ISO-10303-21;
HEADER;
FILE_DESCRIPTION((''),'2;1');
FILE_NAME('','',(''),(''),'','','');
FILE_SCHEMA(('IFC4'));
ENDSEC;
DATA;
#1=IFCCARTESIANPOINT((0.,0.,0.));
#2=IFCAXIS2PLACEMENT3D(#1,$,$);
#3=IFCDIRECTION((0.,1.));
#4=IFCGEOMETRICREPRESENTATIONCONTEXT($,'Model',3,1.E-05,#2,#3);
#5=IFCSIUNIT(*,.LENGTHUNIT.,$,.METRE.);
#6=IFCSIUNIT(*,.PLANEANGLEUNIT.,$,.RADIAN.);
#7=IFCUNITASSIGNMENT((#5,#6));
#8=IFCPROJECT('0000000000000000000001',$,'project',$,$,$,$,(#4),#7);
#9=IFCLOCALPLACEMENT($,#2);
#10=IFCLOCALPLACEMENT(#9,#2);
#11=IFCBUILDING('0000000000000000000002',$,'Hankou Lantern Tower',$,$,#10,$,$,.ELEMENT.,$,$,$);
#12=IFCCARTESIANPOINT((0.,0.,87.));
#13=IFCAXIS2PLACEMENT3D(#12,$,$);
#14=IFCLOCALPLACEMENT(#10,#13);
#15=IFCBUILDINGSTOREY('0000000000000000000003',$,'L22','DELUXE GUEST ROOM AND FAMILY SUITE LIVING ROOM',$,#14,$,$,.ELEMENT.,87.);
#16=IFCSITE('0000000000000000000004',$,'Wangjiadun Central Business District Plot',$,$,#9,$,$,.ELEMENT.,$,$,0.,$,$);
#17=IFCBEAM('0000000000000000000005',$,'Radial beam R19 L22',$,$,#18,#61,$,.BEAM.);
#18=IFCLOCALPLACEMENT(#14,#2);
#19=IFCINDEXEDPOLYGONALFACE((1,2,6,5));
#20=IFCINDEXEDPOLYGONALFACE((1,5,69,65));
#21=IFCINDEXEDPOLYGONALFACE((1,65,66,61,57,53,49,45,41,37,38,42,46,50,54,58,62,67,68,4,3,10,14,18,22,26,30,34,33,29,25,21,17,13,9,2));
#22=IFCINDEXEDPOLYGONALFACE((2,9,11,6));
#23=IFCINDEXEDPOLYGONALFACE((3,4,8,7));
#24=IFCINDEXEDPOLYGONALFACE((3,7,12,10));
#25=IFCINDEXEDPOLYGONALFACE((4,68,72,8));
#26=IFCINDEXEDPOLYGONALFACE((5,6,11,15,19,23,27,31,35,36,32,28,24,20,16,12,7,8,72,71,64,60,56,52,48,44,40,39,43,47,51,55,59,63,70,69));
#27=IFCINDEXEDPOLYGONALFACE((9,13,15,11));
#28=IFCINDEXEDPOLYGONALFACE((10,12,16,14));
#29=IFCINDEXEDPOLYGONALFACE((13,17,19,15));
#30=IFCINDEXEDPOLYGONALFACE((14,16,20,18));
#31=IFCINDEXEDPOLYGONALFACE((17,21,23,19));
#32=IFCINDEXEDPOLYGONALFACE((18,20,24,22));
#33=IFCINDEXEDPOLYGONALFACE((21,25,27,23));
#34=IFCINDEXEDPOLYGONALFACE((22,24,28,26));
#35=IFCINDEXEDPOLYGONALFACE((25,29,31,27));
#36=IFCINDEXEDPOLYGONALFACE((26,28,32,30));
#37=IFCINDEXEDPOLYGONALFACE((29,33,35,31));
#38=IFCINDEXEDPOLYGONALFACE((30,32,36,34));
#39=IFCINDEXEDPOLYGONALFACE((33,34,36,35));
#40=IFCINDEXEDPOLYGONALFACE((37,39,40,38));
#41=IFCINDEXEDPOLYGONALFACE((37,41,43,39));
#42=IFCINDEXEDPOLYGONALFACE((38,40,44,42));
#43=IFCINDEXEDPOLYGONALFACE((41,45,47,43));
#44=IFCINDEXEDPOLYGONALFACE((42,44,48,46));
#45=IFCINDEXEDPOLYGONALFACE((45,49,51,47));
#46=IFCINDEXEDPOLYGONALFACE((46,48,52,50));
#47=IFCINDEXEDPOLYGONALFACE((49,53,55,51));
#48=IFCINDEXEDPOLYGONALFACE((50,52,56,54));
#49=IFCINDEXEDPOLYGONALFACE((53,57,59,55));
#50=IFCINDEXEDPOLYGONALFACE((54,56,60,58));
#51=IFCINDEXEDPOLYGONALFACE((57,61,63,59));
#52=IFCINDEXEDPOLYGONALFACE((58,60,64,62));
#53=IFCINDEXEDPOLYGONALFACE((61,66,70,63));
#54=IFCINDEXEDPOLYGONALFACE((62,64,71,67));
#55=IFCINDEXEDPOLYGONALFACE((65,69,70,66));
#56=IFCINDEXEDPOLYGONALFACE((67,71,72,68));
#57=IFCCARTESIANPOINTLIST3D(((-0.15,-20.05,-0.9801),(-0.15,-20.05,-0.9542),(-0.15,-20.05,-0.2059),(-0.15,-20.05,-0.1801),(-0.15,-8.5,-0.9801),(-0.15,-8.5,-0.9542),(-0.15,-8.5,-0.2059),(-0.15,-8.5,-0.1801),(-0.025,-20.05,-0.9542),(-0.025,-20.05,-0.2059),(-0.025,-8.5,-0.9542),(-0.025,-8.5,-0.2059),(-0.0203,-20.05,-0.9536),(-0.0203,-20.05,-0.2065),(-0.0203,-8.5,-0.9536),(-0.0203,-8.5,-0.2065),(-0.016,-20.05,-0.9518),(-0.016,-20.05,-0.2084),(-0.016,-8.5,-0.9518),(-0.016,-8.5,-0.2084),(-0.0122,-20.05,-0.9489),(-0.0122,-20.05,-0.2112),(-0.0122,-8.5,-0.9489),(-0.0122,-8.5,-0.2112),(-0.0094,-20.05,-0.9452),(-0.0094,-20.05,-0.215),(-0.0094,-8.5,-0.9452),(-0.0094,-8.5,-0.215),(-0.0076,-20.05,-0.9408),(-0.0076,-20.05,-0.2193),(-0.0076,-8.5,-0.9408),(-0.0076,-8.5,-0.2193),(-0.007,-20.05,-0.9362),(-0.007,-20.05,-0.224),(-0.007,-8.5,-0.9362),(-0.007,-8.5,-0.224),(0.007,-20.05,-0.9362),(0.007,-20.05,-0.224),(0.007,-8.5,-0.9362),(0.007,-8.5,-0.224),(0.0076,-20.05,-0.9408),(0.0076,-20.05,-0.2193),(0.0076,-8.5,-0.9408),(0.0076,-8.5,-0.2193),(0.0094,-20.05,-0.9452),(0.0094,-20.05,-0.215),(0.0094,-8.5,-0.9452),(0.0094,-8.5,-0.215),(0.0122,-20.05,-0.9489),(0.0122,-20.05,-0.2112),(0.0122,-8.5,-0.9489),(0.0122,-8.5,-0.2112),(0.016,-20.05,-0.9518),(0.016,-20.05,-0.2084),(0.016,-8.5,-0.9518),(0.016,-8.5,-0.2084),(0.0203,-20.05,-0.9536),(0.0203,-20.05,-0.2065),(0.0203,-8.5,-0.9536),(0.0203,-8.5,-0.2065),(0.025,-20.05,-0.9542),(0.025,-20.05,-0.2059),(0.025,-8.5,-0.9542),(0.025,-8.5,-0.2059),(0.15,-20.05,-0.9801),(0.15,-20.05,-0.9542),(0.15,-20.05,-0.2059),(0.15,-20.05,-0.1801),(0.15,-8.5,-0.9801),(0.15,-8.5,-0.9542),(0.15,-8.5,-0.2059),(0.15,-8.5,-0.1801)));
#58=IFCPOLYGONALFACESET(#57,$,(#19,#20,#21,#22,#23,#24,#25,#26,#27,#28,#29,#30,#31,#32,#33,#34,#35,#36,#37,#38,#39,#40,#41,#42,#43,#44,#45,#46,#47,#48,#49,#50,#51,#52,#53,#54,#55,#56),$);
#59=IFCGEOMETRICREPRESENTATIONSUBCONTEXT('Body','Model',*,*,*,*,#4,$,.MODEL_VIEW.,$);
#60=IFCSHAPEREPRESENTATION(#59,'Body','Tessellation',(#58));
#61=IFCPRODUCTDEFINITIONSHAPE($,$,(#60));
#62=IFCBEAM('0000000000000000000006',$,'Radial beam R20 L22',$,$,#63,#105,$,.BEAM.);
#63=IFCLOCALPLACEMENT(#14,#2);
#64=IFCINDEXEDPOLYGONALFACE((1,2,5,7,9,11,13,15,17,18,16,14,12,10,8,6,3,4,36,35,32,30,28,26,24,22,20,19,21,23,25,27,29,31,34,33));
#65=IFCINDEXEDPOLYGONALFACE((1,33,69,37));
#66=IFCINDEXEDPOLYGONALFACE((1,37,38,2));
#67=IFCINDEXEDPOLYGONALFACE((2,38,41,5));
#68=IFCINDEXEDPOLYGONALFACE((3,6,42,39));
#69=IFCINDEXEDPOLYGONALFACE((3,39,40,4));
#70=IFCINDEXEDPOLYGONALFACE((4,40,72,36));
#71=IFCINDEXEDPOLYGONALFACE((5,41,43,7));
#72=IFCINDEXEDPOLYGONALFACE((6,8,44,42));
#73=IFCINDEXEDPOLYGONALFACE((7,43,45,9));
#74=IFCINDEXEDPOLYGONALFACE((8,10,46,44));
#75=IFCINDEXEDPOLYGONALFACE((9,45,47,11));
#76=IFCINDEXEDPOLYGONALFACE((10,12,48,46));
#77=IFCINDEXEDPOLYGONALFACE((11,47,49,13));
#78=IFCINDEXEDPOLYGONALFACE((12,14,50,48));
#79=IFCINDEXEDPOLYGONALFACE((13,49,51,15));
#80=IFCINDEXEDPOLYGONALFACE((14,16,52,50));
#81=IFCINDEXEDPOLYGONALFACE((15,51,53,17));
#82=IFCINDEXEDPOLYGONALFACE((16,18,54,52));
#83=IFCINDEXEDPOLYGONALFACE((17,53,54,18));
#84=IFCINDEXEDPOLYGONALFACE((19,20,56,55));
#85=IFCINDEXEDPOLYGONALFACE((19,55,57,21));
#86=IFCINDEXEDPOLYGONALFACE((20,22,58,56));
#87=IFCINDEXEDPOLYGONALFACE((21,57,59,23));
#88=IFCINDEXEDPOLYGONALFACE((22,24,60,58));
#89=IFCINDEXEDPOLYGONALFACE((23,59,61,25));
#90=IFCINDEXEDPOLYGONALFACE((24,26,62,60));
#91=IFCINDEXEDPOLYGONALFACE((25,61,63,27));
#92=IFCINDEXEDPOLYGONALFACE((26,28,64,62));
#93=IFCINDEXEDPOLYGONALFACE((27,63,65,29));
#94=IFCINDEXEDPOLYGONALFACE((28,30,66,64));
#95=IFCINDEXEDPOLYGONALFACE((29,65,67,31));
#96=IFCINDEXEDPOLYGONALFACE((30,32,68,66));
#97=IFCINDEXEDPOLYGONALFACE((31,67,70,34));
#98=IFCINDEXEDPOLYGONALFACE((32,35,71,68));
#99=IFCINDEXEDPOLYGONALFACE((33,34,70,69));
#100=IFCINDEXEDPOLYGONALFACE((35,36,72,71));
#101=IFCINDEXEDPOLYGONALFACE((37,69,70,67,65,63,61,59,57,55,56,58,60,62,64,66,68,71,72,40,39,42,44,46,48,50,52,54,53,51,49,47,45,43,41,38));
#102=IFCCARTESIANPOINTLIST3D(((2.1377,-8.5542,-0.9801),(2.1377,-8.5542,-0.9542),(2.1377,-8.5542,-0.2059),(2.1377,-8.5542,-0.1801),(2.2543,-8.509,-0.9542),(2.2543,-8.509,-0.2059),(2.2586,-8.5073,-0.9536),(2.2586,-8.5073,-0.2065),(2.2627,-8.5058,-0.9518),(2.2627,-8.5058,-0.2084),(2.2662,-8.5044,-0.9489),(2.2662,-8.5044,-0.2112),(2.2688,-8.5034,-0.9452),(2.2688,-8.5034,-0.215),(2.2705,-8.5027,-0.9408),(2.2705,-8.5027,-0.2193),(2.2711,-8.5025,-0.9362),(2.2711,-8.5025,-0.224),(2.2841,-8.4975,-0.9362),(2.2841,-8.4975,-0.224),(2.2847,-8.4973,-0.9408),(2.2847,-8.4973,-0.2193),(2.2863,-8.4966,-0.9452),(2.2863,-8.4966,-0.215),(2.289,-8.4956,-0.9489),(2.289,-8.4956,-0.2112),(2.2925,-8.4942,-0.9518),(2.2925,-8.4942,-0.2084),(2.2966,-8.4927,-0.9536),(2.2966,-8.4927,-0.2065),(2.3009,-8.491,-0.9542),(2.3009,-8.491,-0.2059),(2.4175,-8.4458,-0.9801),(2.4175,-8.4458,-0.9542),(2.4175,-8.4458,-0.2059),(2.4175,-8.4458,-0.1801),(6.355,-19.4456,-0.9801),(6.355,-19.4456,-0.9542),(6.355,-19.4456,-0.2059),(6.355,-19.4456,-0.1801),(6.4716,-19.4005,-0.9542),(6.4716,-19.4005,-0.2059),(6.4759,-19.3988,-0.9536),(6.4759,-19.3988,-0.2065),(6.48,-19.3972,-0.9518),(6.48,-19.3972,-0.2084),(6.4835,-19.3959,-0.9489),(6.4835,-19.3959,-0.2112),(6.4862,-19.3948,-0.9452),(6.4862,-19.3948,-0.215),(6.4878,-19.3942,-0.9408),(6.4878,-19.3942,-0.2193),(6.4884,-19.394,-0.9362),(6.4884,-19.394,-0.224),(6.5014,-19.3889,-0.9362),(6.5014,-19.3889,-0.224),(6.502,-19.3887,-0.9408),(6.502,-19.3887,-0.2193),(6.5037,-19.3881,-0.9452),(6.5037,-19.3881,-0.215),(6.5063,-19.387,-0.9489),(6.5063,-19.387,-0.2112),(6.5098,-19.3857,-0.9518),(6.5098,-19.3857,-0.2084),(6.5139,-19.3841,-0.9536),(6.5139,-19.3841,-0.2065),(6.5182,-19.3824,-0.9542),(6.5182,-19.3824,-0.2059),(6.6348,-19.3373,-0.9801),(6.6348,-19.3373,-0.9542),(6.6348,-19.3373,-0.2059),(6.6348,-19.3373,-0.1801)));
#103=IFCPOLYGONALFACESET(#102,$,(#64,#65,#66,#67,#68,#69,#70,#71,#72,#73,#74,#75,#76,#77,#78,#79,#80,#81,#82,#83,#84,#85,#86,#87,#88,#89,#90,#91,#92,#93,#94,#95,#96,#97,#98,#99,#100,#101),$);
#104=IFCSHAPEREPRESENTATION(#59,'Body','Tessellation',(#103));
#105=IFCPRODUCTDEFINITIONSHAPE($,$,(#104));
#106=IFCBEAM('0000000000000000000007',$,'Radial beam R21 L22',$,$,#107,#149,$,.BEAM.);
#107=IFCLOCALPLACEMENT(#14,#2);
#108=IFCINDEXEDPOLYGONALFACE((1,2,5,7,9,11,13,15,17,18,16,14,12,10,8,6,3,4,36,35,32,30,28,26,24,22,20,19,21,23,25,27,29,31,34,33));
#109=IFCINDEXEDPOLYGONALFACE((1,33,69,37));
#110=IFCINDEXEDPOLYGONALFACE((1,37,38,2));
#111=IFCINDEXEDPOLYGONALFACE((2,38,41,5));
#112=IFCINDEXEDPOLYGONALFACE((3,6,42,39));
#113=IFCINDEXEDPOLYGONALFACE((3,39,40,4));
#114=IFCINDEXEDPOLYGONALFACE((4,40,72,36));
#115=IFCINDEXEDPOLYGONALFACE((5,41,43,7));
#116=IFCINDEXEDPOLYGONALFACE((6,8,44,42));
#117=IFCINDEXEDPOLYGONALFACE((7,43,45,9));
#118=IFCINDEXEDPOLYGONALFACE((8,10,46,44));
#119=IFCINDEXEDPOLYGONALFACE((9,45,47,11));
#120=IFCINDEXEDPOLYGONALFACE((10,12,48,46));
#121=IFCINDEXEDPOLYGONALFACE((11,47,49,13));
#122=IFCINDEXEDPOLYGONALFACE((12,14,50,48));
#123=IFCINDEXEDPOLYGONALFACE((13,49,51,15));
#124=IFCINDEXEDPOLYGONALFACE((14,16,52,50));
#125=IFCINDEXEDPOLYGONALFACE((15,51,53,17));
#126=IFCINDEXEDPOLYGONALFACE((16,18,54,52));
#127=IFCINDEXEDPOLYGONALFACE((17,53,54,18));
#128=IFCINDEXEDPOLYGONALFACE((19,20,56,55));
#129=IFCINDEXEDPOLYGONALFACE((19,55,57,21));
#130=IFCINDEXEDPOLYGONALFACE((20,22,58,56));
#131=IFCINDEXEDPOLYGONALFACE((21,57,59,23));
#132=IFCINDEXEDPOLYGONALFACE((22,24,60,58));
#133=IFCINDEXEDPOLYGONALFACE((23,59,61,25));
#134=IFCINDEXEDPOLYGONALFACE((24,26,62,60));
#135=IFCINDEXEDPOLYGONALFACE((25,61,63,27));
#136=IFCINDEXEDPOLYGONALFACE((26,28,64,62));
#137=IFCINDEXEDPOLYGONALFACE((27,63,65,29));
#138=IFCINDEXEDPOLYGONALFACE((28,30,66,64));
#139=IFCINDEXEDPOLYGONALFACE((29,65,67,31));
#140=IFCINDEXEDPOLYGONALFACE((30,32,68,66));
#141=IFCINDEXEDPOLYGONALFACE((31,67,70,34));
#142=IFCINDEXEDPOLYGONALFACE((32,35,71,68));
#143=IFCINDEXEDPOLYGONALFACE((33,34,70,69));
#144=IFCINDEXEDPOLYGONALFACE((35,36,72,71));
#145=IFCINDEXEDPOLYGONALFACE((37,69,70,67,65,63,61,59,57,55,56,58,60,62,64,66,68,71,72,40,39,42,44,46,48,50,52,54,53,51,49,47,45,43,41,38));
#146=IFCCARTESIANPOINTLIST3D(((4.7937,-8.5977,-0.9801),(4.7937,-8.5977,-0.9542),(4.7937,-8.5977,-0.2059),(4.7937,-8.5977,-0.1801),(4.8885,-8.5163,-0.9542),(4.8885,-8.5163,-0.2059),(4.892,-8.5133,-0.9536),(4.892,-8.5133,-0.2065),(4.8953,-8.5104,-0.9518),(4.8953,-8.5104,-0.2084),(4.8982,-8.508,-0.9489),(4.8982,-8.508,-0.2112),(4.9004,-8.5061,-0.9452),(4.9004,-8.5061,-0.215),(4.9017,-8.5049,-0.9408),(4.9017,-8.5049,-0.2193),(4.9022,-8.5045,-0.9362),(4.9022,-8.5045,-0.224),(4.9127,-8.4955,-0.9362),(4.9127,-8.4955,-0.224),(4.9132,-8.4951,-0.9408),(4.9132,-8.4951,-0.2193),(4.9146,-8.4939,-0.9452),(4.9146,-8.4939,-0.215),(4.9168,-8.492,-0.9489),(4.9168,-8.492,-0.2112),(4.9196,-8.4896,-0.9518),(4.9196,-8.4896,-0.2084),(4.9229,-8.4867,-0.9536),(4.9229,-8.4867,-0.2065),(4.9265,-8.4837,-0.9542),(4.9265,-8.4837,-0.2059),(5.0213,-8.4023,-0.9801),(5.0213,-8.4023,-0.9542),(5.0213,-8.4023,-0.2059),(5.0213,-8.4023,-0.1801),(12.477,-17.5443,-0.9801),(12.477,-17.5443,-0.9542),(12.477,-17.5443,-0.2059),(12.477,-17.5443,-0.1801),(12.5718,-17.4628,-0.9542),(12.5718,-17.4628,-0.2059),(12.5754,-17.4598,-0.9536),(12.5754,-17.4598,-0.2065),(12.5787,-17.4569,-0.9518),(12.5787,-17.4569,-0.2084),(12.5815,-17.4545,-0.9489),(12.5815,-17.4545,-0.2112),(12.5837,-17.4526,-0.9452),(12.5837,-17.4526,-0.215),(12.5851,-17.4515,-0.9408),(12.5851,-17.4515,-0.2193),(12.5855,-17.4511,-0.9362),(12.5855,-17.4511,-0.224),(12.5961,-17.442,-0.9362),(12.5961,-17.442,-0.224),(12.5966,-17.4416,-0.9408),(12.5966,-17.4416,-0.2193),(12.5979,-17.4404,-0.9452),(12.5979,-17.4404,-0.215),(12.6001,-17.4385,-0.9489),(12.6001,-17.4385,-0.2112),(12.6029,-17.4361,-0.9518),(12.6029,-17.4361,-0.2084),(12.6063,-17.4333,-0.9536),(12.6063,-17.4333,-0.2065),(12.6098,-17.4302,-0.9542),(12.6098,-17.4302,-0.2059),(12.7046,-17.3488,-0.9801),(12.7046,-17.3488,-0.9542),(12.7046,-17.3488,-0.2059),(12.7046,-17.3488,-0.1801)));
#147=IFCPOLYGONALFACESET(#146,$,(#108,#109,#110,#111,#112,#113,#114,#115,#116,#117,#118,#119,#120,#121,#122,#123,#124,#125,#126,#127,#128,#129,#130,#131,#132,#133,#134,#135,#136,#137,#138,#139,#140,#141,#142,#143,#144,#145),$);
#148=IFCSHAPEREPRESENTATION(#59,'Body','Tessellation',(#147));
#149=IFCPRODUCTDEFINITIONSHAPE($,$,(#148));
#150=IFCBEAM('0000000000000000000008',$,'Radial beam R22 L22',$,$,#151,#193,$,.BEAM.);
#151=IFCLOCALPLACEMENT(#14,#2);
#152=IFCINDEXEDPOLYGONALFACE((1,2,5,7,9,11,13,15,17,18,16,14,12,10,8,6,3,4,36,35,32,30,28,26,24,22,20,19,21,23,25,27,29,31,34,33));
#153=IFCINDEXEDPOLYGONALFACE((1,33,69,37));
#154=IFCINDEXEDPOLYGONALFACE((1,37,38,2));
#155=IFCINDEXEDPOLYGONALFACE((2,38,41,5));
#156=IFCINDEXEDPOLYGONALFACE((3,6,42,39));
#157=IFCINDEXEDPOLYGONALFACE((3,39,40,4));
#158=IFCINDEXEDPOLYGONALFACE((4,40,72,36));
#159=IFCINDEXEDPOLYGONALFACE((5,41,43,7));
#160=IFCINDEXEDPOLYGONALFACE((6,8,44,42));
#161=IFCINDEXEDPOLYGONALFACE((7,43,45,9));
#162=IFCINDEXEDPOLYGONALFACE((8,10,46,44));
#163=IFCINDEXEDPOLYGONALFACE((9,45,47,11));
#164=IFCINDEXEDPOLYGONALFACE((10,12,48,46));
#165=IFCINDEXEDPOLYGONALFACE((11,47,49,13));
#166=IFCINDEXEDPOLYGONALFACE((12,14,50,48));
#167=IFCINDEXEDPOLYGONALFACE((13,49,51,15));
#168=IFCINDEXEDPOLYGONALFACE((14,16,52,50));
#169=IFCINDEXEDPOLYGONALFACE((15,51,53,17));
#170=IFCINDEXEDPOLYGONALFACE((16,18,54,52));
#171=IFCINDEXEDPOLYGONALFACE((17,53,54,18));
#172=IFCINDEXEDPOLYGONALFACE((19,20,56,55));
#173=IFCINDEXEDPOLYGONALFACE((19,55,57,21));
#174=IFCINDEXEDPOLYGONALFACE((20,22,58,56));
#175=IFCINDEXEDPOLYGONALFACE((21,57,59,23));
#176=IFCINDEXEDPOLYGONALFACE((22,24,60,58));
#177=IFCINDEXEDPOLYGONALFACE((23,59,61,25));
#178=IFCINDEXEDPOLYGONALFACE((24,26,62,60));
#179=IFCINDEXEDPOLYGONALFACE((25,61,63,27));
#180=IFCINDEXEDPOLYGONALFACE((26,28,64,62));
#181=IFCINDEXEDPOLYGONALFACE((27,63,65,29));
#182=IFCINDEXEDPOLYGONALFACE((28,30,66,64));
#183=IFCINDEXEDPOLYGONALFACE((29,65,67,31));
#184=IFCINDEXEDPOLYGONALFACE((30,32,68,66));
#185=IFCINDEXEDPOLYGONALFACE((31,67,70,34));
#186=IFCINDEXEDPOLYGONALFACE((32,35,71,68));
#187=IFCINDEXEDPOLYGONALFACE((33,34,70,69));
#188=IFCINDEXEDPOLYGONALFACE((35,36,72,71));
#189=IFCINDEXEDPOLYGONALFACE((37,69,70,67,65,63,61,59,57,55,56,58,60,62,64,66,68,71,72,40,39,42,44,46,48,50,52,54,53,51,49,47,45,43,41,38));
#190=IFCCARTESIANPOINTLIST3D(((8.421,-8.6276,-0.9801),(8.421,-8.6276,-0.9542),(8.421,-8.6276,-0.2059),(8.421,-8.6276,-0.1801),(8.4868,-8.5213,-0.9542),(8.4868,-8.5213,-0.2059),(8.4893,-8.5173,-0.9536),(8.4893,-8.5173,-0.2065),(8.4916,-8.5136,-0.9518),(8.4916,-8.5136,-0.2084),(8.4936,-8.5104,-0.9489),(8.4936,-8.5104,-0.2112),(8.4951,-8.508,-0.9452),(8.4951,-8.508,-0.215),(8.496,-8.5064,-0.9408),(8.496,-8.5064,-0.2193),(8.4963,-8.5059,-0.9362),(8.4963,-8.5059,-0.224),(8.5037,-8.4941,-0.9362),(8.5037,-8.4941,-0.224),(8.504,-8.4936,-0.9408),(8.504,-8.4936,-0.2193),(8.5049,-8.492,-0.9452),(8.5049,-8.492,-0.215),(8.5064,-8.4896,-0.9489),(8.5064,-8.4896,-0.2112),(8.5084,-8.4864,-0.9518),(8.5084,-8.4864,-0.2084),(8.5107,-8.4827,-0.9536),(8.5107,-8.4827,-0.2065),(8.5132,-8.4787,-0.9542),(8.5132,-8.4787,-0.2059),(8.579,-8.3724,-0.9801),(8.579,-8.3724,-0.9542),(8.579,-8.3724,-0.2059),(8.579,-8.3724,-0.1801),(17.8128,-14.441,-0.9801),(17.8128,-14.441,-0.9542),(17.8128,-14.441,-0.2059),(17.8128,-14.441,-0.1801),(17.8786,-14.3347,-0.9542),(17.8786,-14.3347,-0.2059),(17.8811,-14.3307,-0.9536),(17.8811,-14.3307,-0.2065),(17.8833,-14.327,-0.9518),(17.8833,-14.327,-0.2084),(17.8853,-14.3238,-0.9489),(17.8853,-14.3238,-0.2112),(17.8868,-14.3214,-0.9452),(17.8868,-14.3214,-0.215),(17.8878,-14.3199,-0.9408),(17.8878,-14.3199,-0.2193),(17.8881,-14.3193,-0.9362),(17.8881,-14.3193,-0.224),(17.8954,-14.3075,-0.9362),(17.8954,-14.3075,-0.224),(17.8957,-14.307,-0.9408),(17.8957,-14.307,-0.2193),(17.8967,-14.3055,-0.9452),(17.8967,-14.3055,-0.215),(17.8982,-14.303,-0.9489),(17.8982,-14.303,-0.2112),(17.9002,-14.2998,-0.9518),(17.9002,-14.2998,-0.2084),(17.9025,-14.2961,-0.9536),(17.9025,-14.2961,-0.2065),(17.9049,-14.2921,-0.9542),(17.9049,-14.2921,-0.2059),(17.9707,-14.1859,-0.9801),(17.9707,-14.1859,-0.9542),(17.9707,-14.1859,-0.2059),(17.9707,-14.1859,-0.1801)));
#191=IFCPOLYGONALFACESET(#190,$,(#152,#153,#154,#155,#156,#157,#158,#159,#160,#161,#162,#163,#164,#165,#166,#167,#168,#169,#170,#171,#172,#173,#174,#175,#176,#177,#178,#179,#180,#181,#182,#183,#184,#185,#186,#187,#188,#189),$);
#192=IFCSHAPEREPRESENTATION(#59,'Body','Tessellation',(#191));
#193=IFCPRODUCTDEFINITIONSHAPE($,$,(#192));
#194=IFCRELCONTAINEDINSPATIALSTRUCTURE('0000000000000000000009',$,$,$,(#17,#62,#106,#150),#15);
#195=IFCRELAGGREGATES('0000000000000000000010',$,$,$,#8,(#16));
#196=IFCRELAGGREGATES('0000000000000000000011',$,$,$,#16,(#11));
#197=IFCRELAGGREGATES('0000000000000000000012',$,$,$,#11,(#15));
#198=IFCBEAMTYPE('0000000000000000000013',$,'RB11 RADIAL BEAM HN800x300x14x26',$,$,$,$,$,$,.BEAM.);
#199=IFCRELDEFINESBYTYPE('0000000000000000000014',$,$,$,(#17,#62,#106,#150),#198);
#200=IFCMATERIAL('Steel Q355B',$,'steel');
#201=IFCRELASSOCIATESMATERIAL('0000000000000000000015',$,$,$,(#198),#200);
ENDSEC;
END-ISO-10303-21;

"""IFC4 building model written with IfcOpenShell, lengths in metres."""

from ifc_helpers import new_model, si_unit, direction, frame, origin, origin_2d, place, context, subcontext, project, spatial, i_section, extrude, material, material_profile, profile_set, type_object, element, save


model = new_model("IFC4")

# Units and contexts
model_context = context("Model", 3, precision=1e-05, world=origin(), true_north=direction((0.0, 1.0)))
body_context = subcontext(model_context, "Body", "Model", "MODEL_VIEW")
ifc_project = project(units=[si_unit("LENGTHUNIT", "METRE"), si_unit("PLANEANGLEUNIT", "RADIAN")], contexts=[model_context])

# Site, building, storey
site_placement = place(None, origin())
site = spatial("IfcSite", under=ifc_project, at=site_placement, Name="Wangjiadun Central Business District Plot", CompositionType="ELEMENT", RefElevation=0.0)
building_placement = place(site_placement, origin())
building = spatial("IfcBuilding", under=site, at=building_placement, Name="Hankou Lantern Tower", CompositionType="ELEMENT")
storey_placement = place(building_placement, frame((0.0, 0.0, 87.0)))
storey = spatial("IfcBuildingStorey", under=building, at=storey_placement, Name="L22", Description="DELUXE GUEST ROOM AND FAMILY SUITE LIVING ROOM", CompositionType="ELEMENT", Elevation=87.0)

# Beams
ifc_material_1 = material(Name="Steel Q355B", Category="steel")
ifc_material_profile_1 = material_profile(ifc_material_1, i_section(OverallWidth=0.3, OverallDepth=0.8, WebThickness=0.0139, FlangeThickness=0.0259, FilletRadius=0.0181, at=origin_2d()), Name="HN800x300x14x26")
ifc_profile_set_1 = profile_set([ifc_material_profile_1], Name="Steel Q355B")
beam_type_1 = type_object("IfcBeamType", Name="RB11 RADIAL BEAM HN800x300x14x26", PredefinedType="BEAM", material=ifc_profile_set_1)
beam_1_placement = place(storey_placement, frame((0.0, -8.5, -0.5801), z_axis=(0.0, -1.0, 0.0), x_axis=(1.0, 0.0, 0.0)))
element("IfcBeam", 1, at=beam_1_placement, inside=storey, type_object=beam_type_1, Name="Radial beam R19 L22", PredefinedType="BEAM", context=body_context, shape_type="SweptSolid", body=[
    extrude(i_section(OverallWidth=0.3, OverallDepth=0.8, WebThickness=0.0139, FlangeThickness=0.0259, FilletRadius=0.0181, at=origin_2d()), origin(), (0.0, 0.0, 1.0), 11.55),
])
beam_2_placement = place(storey_placement, frame((2.2776, -8.5, -0.5801), z_axis=(0.361089, -0.932531, 0.0), x_axis=(0.932531, 0.361089, 0.0)))
element("IfcBeam", 2, at=beam_2_placement, inside=storey, type_object=beam_type_1, Name="Radial beam R20 L22", PredefinedType="BEAM", context=body_context, shape_type="SweptSolid", body=[
    extrude(i_section(OverallWidth=0.3, OverallDepth=0.8, WebThickness=0.0139, FlangeThickness=0.0259, FilletRadius=0.0181, at=origin_2d()), origin(), (0.0, 0.0, 1.0), 11.6794),
])
beam_3_placement = place(storey_placement, frame((4.9075, -8.5, -0.5801), z_axis=(0.651519, -0.758632, 0.0), x_axis=(0.758632, 0.651519, 0.0)))
element("IfcBeam", 3, at=beam_3_placement, inside=storey, type_object=beam_type_1, Name="Radial beam R21 L22", PredefinedType="BEAM", context=body_context, shape_type="SweptSolid", body=[
    extrude(i_section(OverallWidth=0.3, OverallDepth=0.8, WebThickness=0.0139, FlangeThickness=0.0259, FilletRadius=0.0181, at=origin_2d()), origin(), (0.0, 0.0, 1.0), 11.793),
])
beam_4_placement = place(storey_placement, frame((8.5, -8.5, -0.5801), z_axis=(0.850286, -0.52632, 0.0), x_axis=(0.52632, 0.850286, 0.0)))
element("IfcBeam", 4, at=beam_4_placement, inside=storey, type_object=beam_type_1, Name="Radial beam R22 L22", PredefinedType="BEAM", context=body_context, shape_type="SweptSolid", body=[
    extrude(i_section(OverallWidth=0.3, OverallDepth=0.8, WebThickness=0.0139, FlangeThickness=0.0259, FilletRadius=0.0181, at=origin_2d()), origin(), (0.0, 0.0, 1.0), 11.0454),
])

save(model, "model.ifc")
